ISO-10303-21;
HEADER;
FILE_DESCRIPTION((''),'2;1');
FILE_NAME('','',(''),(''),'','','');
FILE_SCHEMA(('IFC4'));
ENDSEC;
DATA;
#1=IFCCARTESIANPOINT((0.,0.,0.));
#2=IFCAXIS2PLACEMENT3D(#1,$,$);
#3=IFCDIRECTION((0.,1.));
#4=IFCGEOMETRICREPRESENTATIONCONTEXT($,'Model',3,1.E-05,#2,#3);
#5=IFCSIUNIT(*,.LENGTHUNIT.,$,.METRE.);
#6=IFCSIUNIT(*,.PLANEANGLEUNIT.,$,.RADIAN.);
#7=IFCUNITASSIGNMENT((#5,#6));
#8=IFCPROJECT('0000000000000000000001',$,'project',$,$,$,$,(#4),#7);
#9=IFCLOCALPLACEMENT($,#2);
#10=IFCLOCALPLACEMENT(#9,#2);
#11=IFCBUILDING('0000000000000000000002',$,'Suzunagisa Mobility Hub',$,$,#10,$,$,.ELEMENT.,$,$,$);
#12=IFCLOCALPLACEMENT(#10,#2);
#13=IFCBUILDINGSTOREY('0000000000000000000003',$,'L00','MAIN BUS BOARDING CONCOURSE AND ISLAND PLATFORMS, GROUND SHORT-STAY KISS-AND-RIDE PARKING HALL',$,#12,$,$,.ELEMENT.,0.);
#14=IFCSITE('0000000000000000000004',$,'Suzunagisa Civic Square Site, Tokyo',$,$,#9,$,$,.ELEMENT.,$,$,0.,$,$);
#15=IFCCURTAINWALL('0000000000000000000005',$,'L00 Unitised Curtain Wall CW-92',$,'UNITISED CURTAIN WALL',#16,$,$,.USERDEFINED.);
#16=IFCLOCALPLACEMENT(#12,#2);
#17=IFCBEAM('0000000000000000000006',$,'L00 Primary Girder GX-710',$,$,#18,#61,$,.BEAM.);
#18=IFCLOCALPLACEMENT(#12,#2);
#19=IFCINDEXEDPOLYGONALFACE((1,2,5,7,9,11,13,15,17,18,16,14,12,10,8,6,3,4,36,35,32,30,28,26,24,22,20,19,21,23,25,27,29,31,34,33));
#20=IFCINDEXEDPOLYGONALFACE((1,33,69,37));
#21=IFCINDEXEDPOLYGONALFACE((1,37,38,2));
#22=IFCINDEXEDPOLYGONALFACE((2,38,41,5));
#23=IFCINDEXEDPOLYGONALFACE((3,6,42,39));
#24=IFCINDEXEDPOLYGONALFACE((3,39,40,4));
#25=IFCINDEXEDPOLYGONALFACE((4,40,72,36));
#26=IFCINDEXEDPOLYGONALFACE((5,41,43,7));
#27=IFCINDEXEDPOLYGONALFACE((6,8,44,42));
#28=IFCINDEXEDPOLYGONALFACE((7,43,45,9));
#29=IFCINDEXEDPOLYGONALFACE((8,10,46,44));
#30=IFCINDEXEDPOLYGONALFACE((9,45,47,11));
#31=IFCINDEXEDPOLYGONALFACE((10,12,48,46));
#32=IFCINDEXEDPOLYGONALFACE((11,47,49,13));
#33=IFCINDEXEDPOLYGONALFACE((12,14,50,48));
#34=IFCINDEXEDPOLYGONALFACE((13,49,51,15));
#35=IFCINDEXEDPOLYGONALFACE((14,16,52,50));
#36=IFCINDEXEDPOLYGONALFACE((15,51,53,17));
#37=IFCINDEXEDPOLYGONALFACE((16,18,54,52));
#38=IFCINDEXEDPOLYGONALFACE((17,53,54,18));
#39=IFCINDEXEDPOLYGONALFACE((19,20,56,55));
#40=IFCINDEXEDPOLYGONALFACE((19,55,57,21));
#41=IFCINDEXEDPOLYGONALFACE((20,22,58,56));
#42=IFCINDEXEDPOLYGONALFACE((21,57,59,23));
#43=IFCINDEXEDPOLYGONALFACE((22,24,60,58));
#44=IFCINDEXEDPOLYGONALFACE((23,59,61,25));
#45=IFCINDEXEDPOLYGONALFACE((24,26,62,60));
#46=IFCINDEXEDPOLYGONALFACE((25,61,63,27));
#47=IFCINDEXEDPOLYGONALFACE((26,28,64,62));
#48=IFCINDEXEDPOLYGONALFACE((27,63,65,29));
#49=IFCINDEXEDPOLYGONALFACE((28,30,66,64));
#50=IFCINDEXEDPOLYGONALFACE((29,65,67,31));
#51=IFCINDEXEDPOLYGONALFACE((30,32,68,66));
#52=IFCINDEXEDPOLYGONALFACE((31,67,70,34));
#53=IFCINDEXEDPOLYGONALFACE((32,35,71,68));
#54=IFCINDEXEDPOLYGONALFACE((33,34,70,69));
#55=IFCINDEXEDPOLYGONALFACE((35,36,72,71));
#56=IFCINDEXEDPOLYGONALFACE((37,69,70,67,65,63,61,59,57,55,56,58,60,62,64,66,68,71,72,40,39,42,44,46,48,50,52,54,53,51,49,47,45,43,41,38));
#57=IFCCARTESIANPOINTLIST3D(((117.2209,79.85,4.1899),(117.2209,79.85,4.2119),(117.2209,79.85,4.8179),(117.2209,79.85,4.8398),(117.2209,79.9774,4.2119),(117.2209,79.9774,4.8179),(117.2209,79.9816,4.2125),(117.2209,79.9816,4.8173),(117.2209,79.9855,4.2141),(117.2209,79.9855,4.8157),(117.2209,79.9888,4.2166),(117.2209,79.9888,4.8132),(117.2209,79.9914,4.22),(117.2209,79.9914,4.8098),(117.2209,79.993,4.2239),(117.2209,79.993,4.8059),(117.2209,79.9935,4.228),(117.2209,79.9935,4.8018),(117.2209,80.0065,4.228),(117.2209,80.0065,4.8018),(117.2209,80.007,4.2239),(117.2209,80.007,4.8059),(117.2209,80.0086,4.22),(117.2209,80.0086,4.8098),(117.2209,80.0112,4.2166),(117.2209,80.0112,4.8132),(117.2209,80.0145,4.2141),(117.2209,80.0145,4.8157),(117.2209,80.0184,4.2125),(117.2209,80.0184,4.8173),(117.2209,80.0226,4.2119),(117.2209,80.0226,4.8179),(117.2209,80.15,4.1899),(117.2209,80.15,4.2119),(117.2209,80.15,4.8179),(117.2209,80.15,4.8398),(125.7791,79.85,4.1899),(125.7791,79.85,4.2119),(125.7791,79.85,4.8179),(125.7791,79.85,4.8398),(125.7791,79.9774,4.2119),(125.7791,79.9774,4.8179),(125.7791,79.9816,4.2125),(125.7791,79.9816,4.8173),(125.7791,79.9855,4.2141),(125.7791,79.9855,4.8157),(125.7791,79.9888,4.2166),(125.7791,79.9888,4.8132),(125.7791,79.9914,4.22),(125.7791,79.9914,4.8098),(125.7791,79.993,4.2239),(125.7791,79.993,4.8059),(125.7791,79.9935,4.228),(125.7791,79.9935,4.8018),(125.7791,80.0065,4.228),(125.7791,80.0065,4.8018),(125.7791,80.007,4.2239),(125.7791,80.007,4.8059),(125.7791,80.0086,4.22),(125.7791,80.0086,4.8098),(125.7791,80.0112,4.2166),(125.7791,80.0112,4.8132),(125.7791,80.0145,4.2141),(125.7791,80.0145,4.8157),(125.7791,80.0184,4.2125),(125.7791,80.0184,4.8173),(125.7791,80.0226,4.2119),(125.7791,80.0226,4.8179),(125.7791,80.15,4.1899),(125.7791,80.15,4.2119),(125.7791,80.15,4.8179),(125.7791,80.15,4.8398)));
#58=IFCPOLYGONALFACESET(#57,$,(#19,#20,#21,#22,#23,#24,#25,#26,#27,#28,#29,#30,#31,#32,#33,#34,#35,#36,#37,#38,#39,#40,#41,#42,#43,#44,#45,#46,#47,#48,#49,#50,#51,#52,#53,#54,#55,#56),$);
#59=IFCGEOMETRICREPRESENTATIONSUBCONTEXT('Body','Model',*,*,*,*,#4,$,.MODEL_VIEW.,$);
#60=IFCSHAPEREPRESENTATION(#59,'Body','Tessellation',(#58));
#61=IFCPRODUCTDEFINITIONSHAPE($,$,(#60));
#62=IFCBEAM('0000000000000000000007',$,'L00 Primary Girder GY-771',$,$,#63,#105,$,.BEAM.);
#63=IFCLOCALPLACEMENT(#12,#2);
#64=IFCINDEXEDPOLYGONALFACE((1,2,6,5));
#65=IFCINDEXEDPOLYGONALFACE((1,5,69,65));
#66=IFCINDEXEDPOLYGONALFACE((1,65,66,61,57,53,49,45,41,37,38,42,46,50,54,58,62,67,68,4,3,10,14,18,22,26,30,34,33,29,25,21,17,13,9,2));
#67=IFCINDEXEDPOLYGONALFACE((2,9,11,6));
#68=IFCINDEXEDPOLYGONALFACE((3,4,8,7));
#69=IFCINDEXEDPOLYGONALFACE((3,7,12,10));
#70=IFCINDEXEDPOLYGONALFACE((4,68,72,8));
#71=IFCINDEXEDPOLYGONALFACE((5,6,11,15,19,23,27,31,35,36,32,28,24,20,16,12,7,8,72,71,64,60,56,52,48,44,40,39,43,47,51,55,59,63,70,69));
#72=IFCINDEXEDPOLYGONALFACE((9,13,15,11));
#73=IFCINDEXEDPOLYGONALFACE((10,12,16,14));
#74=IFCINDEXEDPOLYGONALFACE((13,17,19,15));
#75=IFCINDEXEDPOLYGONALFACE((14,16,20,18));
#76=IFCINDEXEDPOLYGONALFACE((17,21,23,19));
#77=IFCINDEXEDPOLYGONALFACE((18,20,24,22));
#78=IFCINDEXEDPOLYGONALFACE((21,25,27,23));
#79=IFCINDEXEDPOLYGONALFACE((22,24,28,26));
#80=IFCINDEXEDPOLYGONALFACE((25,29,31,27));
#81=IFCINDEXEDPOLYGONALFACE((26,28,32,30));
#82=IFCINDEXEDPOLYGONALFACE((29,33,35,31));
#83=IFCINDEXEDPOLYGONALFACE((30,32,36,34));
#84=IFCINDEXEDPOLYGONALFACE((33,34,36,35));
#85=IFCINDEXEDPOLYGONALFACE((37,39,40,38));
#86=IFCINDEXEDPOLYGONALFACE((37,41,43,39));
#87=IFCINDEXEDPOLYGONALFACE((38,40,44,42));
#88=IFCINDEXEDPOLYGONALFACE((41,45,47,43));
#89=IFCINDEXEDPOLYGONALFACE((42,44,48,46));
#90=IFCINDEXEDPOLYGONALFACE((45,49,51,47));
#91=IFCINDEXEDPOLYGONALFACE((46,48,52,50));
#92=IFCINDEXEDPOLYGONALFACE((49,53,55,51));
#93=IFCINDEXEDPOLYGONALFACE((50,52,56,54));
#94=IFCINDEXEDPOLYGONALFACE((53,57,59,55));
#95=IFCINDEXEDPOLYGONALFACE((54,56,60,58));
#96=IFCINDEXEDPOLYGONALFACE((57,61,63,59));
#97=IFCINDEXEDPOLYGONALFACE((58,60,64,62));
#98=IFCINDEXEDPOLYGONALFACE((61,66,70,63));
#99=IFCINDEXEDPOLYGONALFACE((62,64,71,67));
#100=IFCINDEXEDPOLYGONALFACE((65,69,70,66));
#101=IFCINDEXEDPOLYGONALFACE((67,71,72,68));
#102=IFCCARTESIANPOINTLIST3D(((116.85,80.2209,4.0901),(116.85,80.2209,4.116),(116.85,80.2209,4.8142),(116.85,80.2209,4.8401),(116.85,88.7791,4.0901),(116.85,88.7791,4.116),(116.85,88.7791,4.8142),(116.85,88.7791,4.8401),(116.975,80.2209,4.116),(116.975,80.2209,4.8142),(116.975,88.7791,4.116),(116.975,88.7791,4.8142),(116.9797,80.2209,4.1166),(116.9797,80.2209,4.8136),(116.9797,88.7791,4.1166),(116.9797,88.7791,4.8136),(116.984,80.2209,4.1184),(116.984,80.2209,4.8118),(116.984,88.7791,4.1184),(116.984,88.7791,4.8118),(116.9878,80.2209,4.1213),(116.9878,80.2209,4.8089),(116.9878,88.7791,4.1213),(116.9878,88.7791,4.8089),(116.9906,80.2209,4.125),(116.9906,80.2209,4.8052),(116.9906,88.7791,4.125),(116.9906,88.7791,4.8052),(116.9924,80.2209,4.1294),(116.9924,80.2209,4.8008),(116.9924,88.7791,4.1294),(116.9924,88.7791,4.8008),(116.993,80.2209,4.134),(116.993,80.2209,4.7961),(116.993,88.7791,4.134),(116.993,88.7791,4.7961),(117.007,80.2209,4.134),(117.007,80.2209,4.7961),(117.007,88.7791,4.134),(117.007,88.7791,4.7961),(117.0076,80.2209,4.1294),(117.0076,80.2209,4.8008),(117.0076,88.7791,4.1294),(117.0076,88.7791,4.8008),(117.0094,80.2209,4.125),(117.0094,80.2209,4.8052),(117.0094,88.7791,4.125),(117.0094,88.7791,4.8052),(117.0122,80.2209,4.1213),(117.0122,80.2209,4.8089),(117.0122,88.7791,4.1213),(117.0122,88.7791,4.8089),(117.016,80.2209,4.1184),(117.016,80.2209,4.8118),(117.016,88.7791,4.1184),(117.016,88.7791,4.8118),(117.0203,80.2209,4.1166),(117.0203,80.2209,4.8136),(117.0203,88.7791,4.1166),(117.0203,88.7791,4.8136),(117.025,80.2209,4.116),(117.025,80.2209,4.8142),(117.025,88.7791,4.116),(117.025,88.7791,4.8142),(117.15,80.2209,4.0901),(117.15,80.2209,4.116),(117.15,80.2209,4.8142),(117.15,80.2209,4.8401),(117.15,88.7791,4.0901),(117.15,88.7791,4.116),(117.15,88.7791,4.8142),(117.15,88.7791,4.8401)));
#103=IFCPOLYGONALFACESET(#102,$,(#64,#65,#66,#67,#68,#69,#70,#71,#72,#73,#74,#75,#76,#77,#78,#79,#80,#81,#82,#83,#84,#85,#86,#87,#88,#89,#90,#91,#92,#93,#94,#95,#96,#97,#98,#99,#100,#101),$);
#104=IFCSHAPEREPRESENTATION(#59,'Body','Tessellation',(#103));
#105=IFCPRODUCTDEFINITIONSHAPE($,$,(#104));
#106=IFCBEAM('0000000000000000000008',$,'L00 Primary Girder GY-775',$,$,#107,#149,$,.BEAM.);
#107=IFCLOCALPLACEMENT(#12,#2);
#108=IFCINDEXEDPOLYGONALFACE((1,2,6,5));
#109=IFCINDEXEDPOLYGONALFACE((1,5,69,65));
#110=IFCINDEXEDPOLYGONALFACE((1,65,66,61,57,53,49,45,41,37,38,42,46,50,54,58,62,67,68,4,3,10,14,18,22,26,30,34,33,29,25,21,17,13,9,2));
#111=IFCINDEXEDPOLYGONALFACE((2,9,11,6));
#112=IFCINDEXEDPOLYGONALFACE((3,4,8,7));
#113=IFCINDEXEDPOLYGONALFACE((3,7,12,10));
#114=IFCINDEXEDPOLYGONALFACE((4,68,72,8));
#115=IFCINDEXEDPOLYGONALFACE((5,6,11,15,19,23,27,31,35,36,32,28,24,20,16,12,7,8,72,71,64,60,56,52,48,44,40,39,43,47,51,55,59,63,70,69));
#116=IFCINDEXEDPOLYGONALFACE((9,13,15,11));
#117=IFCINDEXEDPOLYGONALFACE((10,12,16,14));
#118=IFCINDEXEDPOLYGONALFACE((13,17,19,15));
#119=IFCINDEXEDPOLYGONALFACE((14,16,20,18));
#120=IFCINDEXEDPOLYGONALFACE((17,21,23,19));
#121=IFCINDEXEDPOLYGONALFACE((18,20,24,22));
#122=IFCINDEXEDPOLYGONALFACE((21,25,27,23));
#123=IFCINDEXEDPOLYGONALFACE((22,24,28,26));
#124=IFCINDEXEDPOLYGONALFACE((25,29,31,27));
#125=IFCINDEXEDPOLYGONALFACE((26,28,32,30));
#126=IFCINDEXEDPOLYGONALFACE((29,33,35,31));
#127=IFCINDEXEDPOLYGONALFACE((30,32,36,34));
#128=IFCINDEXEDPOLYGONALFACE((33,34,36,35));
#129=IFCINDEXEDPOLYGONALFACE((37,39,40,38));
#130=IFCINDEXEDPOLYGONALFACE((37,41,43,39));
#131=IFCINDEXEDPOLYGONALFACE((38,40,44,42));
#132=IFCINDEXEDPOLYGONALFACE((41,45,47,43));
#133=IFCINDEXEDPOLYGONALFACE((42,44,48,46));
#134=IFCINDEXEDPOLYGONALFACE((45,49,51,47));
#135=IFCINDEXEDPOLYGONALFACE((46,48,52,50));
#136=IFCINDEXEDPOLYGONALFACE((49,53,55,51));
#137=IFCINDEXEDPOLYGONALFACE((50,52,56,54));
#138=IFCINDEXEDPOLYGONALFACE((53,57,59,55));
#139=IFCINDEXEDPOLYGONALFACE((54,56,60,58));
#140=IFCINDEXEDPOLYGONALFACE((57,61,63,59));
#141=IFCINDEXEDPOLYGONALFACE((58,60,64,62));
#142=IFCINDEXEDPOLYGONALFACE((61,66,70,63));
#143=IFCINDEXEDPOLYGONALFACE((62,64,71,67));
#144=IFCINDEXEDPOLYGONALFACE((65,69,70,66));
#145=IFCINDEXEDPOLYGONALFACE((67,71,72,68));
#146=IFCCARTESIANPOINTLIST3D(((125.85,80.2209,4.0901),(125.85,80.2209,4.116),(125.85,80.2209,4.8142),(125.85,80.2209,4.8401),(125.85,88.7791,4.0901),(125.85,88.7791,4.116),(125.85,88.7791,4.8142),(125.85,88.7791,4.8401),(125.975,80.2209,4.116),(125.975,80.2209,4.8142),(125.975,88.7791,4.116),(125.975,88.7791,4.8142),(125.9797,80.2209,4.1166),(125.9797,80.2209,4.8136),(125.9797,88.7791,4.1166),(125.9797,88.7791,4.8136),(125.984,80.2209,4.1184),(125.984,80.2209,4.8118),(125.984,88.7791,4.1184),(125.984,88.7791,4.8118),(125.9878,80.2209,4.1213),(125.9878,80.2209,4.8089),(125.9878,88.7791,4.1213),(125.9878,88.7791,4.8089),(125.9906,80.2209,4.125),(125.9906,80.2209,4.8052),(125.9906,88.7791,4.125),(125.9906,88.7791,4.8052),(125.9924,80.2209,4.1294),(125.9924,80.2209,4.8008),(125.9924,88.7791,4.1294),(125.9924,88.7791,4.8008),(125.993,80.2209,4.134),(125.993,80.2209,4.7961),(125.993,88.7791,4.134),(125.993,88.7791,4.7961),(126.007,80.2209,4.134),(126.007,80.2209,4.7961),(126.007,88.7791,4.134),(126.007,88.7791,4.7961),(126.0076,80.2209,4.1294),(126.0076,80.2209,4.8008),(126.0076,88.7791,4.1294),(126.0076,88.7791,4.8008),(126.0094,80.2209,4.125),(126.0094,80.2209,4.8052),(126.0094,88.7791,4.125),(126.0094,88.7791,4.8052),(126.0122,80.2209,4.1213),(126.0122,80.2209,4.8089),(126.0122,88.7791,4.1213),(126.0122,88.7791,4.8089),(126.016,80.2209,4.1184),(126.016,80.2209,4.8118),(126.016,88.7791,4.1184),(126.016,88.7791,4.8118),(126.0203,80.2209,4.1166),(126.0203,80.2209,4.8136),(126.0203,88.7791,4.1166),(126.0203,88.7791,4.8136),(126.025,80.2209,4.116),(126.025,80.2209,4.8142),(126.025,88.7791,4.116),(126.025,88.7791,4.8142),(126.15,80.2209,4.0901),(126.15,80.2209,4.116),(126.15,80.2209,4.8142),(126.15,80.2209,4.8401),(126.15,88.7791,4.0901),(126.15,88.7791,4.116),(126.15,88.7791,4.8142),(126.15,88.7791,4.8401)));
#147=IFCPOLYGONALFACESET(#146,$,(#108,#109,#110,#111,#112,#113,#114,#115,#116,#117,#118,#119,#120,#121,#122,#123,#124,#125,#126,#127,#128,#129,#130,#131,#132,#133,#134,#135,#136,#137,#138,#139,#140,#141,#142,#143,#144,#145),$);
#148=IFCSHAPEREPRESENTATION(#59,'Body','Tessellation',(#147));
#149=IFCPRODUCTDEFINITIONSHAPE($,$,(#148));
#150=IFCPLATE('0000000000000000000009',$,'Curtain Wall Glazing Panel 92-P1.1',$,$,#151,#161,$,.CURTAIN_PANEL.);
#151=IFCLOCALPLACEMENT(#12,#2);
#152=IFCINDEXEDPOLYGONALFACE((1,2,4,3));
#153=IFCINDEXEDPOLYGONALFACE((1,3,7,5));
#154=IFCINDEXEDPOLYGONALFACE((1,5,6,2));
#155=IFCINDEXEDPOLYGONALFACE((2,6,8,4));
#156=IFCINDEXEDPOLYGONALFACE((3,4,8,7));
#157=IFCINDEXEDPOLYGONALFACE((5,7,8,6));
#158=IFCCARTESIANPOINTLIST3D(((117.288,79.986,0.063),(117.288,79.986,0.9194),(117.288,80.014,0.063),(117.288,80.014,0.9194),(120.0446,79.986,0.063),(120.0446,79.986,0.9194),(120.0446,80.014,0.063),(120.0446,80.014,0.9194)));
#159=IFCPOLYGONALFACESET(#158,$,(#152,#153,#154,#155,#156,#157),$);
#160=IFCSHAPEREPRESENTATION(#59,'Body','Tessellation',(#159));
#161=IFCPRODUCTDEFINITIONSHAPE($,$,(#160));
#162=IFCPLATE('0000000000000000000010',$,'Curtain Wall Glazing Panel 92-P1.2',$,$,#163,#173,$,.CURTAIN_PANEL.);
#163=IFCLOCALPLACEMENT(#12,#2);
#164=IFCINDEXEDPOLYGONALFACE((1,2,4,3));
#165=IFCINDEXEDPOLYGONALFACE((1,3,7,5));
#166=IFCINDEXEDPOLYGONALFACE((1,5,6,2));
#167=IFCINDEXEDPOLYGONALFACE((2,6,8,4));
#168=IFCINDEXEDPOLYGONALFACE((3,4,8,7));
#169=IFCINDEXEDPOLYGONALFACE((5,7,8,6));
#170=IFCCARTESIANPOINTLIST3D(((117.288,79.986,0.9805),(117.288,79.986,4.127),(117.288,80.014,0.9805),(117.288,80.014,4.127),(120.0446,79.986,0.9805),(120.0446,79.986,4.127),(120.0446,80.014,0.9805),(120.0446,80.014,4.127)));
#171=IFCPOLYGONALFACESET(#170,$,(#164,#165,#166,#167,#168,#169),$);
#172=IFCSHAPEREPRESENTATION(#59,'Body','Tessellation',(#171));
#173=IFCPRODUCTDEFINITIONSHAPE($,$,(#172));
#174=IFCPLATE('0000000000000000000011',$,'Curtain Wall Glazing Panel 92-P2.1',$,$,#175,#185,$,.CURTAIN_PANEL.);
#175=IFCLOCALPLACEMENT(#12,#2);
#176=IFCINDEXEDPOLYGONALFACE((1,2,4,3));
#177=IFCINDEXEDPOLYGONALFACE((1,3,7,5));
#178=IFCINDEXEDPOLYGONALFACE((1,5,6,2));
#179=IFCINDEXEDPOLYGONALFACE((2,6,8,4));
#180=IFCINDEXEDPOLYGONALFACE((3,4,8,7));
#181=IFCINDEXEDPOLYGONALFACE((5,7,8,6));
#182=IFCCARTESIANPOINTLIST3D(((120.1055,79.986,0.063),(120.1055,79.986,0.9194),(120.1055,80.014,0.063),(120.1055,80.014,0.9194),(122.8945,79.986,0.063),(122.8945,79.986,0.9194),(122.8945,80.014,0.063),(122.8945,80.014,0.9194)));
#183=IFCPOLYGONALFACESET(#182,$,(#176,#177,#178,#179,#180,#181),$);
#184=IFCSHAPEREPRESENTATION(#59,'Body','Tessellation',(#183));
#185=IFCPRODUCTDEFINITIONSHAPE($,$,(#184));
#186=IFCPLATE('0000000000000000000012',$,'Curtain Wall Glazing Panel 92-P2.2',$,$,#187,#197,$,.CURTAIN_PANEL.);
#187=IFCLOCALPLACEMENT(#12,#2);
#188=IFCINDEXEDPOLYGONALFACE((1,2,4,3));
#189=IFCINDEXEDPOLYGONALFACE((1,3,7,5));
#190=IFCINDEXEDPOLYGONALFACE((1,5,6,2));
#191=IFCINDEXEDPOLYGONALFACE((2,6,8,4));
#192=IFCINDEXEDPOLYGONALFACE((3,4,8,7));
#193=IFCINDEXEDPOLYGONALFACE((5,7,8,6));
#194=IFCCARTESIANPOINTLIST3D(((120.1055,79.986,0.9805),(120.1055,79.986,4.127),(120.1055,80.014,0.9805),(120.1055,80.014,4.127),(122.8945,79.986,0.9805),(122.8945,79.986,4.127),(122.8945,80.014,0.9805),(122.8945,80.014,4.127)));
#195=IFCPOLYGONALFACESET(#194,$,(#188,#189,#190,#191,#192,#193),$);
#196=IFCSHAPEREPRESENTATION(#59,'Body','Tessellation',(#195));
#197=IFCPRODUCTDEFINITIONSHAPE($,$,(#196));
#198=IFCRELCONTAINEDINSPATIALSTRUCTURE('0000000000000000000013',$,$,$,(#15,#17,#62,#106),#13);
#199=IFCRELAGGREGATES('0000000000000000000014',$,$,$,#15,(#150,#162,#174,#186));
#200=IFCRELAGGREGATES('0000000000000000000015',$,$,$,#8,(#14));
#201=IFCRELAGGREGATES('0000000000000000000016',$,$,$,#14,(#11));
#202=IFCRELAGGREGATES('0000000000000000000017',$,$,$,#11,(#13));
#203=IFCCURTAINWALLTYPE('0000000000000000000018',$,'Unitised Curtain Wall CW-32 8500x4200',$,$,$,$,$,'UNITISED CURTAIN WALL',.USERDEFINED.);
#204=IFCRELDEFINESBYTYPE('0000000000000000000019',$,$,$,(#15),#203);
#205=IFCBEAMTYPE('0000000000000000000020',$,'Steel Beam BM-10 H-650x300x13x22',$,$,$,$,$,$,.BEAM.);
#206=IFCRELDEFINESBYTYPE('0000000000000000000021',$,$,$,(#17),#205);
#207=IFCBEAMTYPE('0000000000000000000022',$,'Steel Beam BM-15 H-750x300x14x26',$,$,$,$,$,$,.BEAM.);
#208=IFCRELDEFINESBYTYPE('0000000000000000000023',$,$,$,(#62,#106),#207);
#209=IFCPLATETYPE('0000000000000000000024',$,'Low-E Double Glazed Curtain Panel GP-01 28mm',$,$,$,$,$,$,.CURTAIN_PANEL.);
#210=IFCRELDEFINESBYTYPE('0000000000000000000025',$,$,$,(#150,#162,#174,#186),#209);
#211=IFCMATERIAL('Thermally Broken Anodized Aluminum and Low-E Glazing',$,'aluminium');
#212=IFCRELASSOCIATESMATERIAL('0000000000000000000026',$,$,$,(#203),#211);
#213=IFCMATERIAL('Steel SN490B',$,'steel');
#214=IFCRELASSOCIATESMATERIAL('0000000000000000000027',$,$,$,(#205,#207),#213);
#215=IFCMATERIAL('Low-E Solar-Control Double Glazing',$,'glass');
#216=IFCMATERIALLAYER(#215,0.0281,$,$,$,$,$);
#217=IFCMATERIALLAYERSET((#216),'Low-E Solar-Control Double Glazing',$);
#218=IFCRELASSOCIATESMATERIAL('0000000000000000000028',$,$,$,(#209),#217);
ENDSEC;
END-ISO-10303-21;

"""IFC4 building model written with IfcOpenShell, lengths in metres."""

from ifc_helpers import new_model, si_unit, direction, frame, origin, origin_2d, place, context, subcontext, project, spatial, rectangle, i_section, extrude, material, layer, layer_set, material_profile, profile_set, type_object, element, aggregate, save


model = new_model("IFC4")

# Units and contexts
model_context = context("Model", 3, precision=1e-05, world=origin(), true_north=direction((0.0, 1.0)))
body_context = subcontext(model_context, "Body", "Model", "MODEL_VIEW")
ifc_project = project(units=[si_unit("LENGTHUNIT", "METRE"), si_unit("PLANEANGLEUNIT", "RADIAN")], contexts=[model_context])

# Site, building, storey
site_placement = place(None, origin())
site = spatial("IfcSite", under=ifc_project, at=site_placement, Name="Suzunagisa Civic Square Site, Tokyo", CompositionType="ELEMENT", RefElevation=0.0)
building_placement = place(site_placement, origin())
building = spatial("IfcBuilding", under=site, at=building_placement, Name="Suzunagisa Mobility Hub", CompositionType="ELEMENT")
storey_placement = place(building_placement, origin())
storey = spatial("IfcBuildingStorey", under=building, at=storey_placement, Name="L00", Description="MAIN BUS BOARDING CONCOURSE AND ISLAND PLATFORMS, GROUND SHORT-STAY KISS-AND-RIDE PARKING HALL", CompositionType="ELEMENT", Elevation=0.0)

# Shared definitions
ifc_material_1 = material(Name="Steel SN490B", Category="steel")

# Curtain wall
ifc_material_2 = material(Name="Thermally Broken Anodized Aluminum and Low-E Glazing", Category="aluminium")
curtain_wall_type_1 = type_object("IfcCurtainWallType", Name="Unitised Curtain Wall CW-32 8500x4200", ElementType="UNITISED CURTAIN WALL", PredefinedType="USERDEFINED", material=ifc_material_2)
curtain_wall_1_placement = place(storey_placement, origin())
curtain_wall_1 = element("IfcCurtainWall", 1, at=curtain_wall_1_placement, inside=storey, type_object=curtain_wall_type_1, Name="L00 Unitised Curtain Wall CW-92", ObjectType="UNITISED CURTAIN WALL", PredefinedType="USERDEFINED")

# Beams
ifc_material_profile_1 = material_profile(ifc_material_1, i_section(OverallWidth=0.3, OverallDepth=0.6499, WebThickness=0.0129, FlangeThickness=0.022, FilletRadius=0.0161, at=origin_2d()), Name="H-650x300x13x22")
ifc_profile_set_1 = profile_set([ifc_material_profile_1], Name="Steel SN490B")
beam_type_1 = type_object("IfcBeamType", Name="Steel Beam BM-10 H-650x300x13x22", PredefinedType="BEAM", material=ifc_profile_set_1)
beam_1_placement = place(storey_placement, frame((117.2209, 80.0, 4.5149), z_axis=(1.0, 0.0, 0.0), x_axis=(0.0, 1.0, 0.0)))
element("IfcBeam", 2, at=beam_1_placement, inside=storey, type_object=beam_type_1, Name="L00 Primary Girder GX-710", PredefinedType="BEAM", context=body_context, shape_type="SweptSolid", body=[
    extrude(i_section(OverallWidth=0.3, OverallDepth=0.6499, WebThickness=0.0129, FlangeThickness=0.022, FilletRadius=0.0161, at=origin_2d()), origin(), (0.0, 0.0, 1.0), 8.5581),
])
ifc_material_profile_2 = material_profile(ifc_material_1, i_section(OverallWidth=0.3, OverallDepth=0.75, WebThickness=0.0139, FlangeThickness=0.0259, FilletRadius=0.0181, at=origin_2d()), Name="H-750x300x14x26")
ifc_profile_set_2 = profile_set([ifc_material_profile_2], Name="Steel SN490B")
beam_type_2 = type_object("IfcBeamType", Name="Steel Beam BM-15 H-750x300x14x26", PredefinedType="BEAM", material=ifc_profile_set_2)
for number, where, z_axis, x_axis, name in (
    (3, (117.0, 80.2209, 4.4651), (0.0, 1.0, 0.0), (-1.0, 0.0, 0.0), "L00 Primary Girder GY-771"),
    (4, (126.0, 80.2209, 4.4651), (0.0, 1.0, 0.0), (-1.0, 0.0, 0.0), "L00 Primary Girder GY-775"),
):
    element("IfcBeam", number, at=place(storey_placement, frame(where, z_axis=z_axis, x_axis=x_axis)), inside=storey, type_object=beam_type_2, Name=name, PredefinedType="BEAM", context=body_context, shape_type="SweptSolid", body=[
        extrude(i_section(OverallWidth=0.3, OverallDepth=0.75, WebThickness=0.0139, FlangeThickness=0.0259, FilletRadius=0.0181, at=origin_2d()), origin(), (0.0, 0.0, 1.0), 8.5581),
    ])

# Plates
ifc_material_3 = material(Name="Low-E Solar-Control Double Glazing", Category="glass")
ifc_layer_1 = layer(ifc_material_3, 0.0281)
ifc_layer_set_1 = layer_set([ifc_layer_1], Name="Low-E Solar-Control Double Glazing")
plate_type_1 = type_object("IfcPlateType", Name="Low-E Double Glazed Curtain Panel GP-01 28mm", PredefinedType="CURTAIN_PANEL", material=ifc_layer_set_1)
plate_1_placement = place(storey_placement, frame((118.6663, 80.0, 0.063), z_axis=(0.0, 0.0, 1.0), x_axis=(1.0, 0.0, 0.0)))
plate_1 = element("IfcPlate", 5, at=plate_1_placement, type_object=plate_type_1, Name="Curtain Wall Glazing Panel 92-P1.1", PredefinedType="CURTAIN_PANEL", context=body_context, shape_type="SweptSolid", body=[
    extrude(rectangle(XDim=2.7566, YDim=0.0281, at=origin_2d()), origin(), (0.0, 0.0, 1.0), 0.8564),
])
plate_2_placement = place(storey_placement, frame((118.6663, 80.0, 0.9805), z_axis=(0.0, 0.0, 1.0), x_axis=(1.0, 0.0, 0.0)))
plate_2 = element("IfcPlate", 6, at=plate_2_placement, type_object=plate_type_1, Name="Curtain Wall Glazing Panel 92-P1.2", PredefinedType="CURTAIN_PANEL", context=body_context, shape_type="SweptSolid", body=[
    extrude(rectangle(XDim=2.7566, YDim=0.0281, at=origin_2d()), origin(), (0.0, 0.0, 1.0), 3.1465),
])
plate_3_placement = place(storey_placement, frame((121.5, 80.0, 0.063), z_axis=(0.0, 0.0, 1.0), x_axis=(1.0, 0.0, 0.0)))
plate_3 = element("IfcPlate", 7, at=plate_3_placement, type_object=plate_type_1, Name="Curtain Wall Glazing Panel 92-P2.1", PredefinedType="CURTAIN_PANEL", context=body_context, shape_type="SweptSolid", body=[
    extrude(rectangle(XDim=2.7891, YDim=0.0281, at=origin_2d()), origin(), (0.0, 0.0, 1.0), 0.8564),
])
plate_4_placement = place(storey_placement, frame((121.5, 80.0, 0.9805), z_axis=(0.0, 0.0, 1.0), x_axis=(1.0, 0.0, 0.0)))
plate_4 = element("IfcPlate", 8, at=plate_4_placement, type_object=plate_type_1, Name="Curtain Wall Glazing Panel 92-P2.2", PredefinedType="CURTAIN_PANEL", context=body_context, shape_type="SweptSolid", body=[
    extrude(rectangle(XDim=2.7891, YDim=0.0281, at=origin_2d()), origin(), (0.0, 0.0, 1.0), 3.1465),
])
aggregate(curtain_wall_1, [plate_1, plate_2, plate_3, plate_4])

save(model, "model.ifc")
